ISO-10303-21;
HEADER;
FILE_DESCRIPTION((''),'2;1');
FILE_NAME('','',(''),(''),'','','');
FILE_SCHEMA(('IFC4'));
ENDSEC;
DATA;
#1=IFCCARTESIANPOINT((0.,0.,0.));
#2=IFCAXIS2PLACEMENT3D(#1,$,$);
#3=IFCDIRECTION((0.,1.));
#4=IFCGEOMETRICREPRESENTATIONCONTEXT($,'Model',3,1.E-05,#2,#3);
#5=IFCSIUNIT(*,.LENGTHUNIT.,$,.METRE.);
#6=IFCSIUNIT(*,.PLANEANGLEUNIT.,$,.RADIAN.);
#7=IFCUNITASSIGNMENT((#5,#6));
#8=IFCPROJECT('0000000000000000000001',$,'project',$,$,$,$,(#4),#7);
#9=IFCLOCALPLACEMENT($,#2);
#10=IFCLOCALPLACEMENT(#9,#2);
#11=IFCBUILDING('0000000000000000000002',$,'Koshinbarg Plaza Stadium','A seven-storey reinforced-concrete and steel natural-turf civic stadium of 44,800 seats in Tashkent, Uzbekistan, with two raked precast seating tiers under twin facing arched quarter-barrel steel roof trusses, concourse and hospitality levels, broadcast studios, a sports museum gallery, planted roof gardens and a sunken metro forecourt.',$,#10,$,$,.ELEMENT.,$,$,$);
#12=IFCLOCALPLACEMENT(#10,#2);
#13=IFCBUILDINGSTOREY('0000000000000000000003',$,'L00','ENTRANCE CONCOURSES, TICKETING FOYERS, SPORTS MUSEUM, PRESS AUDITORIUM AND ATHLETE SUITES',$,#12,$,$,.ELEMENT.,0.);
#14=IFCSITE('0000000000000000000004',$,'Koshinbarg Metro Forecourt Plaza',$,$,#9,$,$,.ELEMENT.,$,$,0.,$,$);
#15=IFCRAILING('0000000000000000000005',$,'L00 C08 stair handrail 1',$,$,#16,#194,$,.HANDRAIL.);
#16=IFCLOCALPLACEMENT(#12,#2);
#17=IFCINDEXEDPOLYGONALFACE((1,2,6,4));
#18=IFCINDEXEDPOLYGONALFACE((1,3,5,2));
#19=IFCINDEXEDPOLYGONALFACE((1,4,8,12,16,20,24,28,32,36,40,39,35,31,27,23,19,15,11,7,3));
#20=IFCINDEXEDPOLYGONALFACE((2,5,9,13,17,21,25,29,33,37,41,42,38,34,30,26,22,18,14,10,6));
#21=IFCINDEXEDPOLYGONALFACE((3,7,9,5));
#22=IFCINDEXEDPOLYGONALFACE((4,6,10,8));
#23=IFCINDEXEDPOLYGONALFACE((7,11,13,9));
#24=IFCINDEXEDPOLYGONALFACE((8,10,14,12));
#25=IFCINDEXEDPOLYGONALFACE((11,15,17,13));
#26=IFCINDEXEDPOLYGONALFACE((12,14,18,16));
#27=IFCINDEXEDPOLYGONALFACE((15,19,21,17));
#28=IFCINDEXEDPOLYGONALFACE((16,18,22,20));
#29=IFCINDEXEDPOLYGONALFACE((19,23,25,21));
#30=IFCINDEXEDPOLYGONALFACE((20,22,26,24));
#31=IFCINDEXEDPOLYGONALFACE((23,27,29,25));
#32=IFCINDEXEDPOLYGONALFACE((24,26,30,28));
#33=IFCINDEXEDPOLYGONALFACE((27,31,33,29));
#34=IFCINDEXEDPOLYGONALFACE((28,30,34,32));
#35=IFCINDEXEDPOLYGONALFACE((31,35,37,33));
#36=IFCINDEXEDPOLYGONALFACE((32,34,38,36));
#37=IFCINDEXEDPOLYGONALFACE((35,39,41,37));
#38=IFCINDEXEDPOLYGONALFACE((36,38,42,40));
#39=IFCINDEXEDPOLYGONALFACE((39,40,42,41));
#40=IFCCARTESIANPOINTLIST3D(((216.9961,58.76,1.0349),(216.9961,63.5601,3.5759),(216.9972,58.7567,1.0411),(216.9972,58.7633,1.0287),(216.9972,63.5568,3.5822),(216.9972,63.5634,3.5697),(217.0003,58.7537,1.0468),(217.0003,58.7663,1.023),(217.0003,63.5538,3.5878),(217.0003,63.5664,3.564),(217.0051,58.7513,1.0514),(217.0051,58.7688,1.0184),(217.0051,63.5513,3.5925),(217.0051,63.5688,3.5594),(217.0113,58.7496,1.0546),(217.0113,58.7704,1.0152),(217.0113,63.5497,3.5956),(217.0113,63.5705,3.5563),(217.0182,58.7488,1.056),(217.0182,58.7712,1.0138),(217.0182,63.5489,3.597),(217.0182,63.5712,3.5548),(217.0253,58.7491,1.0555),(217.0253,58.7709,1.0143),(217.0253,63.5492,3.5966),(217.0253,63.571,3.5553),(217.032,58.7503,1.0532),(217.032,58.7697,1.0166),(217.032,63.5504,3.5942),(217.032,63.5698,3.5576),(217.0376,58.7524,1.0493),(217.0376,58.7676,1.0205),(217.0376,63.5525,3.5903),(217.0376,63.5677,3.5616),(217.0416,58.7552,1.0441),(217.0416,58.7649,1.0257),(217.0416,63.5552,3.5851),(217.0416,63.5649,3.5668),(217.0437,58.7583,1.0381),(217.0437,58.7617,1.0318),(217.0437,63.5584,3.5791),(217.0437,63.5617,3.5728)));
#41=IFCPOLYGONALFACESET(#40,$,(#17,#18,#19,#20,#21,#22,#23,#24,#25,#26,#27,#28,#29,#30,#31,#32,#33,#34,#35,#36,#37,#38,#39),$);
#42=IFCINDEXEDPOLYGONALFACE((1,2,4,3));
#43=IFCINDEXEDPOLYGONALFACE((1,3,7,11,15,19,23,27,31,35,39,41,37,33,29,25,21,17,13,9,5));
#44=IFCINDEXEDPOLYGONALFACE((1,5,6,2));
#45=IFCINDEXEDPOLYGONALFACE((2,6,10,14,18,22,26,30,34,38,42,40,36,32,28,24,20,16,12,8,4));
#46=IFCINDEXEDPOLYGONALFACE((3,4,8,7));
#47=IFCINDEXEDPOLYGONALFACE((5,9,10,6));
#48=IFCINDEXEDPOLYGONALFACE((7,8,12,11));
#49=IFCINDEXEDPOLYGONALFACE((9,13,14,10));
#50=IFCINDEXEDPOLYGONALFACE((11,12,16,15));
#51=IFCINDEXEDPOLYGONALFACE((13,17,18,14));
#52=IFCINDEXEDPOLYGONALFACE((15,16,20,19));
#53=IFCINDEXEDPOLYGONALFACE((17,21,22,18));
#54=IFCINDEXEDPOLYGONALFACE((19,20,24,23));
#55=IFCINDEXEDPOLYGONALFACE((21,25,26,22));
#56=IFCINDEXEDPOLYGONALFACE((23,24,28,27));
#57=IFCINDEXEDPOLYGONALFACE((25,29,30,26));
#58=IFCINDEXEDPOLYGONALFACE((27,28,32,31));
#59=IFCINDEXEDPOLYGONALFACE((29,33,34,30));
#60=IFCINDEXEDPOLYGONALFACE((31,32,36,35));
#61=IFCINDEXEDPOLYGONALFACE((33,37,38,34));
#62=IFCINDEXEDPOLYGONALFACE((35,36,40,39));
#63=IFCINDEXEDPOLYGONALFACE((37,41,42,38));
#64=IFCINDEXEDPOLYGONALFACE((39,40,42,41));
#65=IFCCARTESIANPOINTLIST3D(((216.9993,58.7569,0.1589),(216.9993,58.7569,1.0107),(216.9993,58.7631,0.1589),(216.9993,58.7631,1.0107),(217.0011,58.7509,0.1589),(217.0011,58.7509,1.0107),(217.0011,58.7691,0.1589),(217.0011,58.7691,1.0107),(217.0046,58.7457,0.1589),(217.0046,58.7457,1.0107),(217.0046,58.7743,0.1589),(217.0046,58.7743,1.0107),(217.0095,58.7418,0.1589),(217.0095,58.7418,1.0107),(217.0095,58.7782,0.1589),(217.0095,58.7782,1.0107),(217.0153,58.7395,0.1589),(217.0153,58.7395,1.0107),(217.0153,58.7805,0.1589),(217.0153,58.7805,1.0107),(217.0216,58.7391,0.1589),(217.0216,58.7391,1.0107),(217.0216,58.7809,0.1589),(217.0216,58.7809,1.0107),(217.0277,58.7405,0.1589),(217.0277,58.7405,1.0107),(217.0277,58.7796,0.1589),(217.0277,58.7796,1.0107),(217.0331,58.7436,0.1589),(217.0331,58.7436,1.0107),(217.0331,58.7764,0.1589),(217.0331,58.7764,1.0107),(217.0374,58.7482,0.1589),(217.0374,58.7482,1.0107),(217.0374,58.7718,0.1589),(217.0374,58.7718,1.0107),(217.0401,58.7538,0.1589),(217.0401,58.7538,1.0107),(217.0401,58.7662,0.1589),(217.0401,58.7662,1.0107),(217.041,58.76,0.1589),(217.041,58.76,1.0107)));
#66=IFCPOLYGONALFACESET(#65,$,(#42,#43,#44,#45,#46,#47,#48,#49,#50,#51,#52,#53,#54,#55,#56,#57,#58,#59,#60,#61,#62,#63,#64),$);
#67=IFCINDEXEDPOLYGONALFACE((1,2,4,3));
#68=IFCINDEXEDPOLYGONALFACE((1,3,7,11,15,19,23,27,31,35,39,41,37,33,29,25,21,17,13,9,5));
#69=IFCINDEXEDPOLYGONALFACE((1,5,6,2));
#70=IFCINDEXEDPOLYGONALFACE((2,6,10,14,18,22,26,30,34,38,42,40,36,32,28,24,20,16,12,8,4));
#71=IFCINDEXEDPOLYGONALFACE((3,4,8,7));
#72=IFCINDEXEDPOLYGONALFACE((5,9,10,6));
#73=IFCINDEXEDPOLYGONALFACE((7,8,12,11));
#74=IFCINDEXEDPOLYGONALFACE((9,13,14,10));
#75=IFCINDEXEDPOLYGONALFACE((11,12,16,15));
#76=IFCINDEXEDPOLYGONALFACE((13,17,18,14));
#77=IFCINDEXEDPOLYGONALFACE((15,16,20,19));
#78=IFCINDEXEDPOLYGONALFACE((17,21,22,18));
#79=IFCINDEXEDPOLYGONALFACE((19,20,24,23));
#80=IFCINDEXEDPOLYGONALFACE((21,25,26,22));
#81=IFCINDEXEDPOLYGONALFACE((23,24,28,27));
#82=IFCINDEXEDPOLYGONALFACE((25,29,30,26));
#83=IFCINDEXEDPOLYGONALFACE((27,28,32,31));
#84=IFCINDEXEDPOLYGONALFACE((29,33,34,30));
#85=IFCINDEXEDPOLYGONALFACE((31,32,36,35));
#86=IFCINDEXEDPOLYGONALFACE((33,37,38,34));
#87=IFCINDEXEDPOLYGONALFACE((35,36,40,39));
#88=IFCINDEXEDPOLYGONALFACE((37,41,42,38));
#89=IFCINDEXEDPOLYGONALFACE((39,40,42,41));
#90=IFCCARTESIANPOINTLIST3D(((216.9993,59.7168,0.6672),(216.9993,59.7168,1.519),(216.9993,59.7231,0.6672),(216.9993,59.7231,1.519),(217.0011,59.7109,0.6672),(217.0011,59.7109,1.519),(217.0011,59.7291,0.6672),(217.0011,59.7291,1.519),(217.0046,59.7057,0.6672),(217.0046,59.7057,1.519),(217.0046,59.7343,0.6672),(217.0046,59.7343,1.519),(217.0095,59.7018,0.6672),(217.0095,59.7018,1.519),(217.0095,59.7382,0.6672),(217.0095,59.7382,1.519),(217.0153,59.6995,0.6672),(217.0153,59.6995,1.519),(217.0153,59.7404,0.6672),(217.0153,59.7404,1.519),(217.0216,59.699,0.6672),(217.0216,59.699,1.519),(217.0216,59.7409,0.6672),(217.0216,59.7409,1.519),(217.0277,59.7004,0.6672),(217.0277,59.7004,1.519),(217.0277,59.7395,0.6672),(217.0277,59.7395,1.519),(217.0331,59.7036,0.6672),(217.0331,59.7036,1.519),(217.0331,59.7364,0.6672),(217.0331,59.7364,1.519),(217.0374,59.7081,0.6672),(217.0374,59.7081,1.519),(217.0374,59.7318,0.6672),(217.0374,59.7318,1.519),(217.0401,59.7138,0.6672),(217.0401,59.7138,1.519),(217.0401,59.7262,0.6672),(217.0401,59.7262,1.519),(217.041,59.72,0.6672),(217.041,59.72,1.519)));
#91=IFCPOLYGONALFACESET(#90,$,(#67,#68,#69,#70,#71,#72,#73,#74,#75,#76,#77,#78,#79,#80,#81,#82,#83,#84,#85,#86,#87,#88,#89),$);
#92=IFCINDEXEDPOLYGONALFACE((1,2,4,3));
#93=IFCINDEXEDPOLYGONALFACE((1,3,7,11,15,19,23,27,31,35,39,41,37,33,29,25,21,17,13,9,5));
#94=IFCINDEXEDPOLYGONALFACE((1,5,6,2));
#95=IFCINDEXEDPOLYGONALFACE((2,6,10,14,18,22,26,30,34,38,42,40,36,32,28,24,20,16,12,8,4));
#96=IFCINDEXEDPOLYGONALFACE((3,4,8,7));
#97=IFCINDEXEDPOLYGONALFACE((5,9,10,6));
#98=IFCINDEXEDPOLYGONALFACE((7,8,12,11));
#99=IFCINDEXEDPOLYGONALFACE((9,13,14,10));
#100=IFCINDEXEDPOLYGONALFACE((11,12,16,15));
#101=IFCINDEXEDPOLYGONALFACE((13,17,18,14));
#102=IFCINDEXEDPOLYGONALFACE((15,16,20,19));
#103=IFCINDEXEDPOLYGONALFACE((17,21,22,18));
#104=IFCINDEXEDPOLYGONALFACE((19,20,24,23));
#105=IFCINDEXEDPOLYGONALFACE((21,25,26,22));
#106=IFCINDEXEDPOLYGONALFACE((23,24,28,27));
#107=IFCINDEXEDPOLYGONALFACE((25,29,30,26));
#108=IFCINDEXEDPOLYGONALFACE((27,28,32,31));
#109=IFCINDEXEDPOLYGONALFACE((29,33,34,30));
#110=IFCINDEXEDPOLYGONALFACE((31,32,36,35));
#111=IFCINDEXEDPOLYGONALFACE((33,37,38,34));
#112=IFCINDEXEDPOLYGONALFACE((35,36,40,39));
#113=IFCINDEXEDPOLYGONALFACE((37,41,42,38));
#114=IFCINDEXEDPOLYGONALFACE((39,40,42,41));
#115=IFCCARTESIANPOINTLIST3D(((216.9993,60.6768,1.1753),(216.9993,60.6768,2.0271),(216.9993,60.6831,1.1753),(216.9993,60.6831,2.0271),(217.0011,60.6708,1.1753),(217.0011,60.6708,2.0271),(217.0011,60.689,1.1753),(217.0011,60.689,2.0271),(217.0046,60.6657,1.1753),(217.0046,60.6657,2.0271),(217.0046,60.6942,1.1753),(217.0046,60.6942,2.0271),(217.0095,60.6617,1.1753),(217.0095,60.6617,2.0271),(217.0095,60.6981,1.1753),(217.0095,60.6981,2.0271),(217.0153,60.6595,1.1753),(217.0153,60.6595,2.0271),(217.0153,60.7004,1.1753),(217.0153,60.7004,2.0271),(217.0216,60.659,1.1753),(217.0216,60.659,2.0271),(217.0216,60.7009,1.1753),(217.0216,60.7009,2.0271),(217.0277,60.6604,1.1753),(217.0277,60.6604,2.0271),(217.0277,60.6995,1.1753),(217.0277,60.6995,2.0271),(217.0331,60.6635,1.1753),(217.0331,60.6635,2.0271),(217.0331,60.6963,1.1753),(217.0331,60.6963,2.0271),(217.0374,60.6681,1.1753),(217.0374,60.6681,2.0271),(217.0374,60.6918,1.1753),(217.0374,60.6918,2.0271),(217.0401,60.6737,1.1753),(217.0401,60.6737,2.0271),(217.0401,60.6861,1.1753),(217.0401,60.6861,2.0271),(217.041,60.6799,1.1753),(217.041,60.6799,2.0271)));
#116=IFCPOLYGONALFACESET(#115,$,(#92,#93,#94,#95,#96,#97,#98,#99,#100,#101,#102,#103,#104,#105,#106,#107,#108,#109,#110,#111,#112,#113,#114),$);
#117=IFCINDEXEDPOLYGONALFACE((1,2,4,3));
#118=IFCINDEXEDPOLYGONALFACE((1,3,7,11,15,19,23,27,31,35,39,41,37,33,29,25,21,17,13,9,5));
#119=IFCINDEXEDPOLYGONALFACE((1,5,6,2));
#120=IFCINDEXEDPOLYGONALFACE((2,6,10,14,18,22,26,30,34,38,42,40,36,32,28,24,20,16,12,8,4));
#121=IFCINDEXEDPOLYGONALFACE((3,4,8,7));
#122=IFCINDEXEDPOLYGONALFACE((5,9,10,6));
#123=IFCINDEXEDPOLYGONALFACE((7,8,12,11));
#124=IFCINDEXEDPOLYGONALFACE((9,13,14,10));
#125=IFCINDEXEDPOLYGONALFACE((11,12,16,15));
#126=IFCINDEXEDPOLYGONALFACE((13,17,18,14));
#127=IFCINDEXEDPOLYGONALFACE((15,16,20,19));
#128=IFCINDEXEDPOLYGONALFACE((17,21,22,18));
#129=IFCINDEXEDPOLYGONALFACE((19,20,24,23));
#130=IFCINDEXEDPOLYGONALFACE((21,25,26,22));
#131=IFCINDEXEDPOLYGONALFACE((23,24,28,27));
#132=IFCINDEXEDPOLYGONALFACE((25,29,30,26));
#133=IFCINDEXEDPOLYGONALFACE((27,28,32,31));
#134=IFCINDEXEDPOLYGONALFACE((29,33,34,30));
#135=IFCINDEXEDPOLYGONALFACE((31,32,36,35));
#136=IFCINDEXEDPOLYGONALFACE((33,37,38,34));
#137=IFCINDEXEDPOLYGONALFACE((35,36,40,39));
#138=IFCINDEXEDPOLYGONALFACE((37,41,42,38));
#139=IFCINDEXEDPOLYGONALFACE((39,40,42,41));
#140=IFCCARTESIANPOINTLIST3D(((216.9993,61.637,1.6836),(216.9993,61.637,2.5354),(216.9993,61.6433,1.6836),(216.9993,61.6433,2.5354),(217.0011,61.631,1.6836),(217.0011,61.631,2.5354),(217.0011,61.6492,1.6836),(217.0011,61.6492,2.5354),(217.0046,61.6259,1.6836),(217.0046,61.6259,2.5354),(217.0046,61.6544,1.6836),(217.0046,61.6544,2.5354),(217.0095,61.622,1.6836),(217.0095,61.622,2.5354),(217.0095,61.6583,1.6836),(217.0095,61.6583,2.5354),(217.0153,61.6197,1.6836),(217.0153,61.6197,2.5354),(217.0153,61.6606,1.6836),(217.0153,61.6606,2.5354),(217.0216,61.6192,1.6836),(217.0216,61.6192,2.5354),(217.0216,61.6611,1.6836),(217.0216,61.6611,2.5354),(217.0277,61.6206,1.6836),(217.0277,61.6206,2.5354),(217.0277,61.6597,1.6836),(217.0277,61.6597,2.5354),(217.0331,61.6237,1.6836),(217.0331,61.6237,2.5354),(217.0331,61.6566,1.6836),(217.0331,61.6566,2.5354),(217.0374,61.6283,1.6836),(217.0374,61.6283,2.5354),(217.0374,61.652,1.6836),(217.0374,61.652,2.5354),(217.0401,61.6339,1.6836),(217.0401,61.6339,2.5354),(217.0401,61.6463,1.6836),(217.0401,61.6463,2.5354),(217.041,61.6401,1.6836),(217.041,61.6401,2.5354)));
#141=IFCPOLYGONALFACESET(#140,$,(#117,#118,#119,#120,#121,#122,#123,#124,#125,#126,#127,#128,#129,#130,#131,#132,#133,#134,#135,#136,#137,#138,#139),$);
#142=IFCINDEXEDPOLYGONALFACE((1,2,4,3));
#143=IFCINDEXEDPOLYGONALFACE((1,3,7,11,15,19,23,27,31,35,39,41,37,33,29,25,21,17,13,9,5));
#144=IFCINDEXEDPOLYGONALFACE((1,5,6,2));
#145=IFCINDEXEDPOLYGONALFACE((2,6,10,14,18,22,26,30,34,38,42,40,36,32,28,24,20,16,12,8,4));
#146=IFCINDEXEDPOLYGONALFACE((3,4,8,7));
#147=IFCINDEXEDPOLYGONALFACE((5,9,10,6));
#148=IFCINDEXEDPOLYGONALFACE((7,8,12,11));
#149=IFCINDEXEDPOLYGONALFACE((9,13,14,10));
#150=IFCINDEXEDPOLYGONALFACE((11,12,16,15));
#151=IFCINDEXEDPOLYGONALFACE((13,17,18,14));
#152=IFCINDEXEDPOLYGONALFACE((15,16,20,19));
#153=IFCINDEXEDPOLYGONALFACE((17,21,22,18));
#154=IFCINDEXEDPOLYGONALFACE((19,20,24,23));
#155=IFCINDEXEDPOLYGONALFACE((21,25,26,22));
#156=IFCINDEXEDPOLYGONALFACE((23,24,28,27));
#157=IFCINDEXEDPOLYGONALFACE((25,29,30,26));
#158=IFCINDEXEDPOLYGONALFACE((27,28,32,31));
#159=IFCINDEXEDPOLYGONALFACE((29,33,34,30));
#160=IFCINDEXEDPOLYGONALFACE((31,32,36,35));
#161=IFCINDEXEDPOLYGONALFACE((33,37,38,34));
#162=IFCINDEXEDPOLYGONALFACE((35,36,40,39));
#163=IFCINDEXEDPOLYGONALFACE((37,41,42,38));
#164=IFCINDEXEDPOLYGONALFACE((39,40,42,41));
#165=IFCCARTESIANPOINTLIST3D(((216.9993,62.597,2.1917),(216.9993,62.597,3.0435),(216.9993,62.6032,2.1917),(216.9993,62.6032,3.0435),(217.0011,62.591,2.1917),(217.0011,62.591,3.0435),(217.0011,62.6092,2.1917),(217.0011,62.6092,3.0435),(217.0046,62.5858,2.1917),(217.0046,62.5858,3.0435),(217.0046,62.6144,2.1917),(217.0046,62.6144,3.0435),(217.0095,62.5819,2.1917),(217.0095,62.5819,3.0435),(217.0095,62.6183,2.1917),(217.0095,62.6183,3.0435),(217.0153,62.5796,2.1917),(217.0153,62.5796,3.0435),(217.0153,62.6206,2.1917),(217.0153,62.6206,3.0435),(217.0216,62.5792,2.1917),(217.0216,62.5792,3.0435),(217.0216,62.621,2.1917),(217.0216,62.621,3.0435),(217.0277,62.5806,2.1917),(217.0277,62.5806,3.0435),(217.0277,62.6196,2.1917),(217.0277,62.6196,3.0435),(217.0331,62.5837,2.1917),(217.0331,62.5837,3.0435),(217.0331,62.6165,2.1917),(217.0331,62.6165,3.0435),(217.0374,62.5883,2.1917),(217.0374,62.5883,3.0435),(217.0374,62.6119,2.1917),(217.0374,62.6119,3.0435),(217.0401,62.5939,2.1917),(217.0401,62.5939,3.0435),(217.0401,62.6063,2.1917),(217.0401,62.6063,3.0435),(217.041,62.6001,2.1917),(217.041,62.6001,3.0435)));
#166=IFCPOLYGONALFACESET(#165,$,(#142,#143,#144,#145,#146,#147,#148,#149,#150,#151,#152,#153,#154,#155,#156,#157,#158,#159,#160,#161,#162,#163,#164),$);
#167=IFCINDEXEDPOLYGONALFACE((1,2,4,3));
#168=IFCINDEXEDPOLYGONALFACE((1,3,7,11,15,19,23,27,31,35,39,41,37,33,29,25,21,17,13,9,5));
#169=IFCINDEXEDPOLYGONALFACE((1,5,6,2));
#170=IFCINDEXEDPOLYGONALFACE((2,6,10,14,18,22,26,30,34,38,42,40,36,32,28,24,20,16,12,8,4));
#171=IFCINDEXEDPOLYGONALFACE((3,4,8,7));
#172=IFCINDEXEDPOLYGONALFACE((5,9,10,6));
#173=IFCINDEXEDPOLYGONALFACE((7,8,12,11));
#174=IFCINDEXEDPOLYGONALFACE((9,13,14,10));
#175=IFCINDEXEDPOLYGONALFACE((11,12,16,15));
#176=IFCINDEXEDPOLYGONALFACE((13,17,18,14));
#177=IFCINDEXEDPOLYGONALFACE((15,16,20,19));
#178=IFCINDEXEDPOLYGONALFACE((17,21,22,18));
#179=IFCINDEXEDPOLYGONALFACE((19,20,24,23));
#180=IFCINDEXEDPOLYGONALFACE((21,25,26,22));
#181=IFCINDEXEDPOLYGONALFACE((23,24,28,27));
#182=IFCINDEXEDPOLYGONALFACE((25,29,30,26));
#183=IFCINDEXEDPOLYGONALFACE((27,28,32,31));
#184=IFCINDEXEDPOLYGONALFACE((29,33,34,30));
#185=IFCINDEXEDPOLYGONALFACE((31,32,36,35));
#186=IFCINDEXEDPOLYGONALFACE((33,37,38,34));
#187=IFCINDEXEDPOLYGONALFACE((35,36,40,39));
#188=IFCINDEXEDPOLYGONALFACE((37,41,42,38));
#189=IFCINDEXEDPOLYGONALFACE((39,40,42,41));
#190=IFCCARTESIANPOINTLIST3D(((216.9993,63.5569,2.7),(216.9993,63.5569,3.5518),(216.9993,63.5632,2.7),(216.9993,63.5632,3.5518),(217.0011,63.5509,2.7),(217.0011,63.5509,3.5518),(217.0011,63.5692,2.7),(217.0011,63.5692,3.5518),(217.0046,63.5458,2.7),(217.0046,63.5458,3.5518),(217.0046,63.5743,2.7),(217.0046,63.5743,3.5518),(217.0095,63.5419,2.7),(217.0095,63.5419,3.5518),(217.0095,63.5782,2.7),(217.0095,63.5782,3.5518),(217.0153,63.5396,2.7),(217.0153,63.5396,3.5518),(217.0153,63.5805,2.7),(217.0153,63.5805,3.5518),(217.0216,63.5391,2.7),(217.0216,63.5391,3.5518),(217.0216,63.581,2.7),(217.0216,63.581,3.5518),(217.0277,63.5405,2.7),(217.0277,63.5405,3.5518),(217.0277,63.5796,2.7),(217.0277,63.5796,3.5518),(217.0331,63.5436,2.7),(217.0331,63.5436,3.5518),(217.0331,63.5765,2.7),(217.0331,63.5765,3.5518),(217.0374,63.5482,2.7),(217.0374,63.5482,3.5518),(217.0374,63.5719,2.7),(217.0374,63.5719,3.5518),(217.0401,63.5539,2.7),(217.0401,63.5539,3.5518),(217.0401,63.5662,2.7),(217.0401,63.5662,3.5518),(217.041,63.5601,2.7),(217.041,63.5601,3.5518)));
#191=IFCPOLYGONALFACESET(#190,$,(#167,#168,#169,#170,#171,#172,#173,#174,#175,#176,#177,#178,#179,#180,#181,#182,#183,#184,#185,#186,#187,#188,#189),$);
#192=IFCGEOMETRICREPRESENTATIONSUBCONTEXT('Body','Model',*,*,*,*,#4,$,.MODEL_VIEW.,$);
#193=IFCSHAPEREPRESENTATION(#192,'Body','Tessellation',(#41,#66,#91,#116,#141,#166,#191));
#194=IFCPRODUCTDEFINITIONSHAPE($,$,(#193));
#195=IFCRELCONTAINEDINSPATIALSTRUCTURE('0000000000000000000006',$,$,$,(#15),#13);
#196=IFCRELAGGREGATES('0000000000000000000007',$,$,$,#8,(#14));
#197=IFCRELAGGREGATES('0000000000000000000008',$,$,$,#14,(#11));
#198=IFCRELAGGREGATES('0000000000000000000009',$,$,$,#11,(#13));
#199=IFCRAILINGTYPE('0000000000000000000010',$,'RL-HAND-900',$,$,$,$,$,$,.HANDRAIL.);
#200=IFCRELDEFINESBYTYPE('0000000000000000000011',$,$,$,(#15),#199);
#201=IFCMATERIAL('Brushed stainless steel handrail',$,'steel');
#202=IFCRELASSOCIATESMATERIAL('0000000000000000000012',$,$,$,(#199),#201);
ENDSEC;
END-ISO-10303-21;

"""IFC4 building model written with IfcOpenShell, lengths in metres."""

from ifc_helpers import new_model, si_unit, direction, frame, origin, origin_2d, place, context, subcontext, project, spatial, circle, extrude, material, type_object, element, save


model = new_model("IFC4")

# Units and contexts
model_context = context("Model", 3, precision=1e-05, world=origin(), true_north=direction((0.0, 1.0)))
body_context = subcontext(model_context, "Body", "Model", "MODEL_VIEW")
ifc_project = project(units=[si_unit("LENGTHUNIT", "METRE"), si_unit("PLANEANGLEUNIT", "RADIAN")], contexts=[model_context])

# Site, building, storey
site_placement = place(None, origin())
site = spatial("IfcSite", under=ifc_project, at=site_placement, Name="Koshinbarg Metro Forecourt Plaza", CompositionType="ELEMENT", RefElevation=0.0)
building_placement = place(site_placement, origin())
building = spatial("IfcBuilding", under=site, at=building_placement, Name="Koshinbarg Plaza Stadium", Description="A seven-storey reinforced-concrete and steel natural-turf civic stadium of 44,800 seats in Tashkent, Uzbekistan, with two raked precast seating tiers under twin facing arched quarter-barrel steel roof trusses, concourse and hospitality levels, broadcast studios, a sports museum gallery, planted roof gardens and a sunken metro forecourt.", CompositionType="ELEMENT")
storey_placement = place(building_placement, origin())
storey = spatial("IfcBuildingStorey", under=building, at=storey_placement, Name="L00", Description="ENTRANCE CONCOURSES, TICKETING FOYERS, SPORTS MUSEUM, PRESS AUDITORIUM AND ATHLETE SUITES", CompositionType="ELEMENT", Elevation=0.0)

# Railing
ifc_material_1 = material(Name="Brushed stainless steel handrail", Category="steel")
railing_type_1 = type_object("IfcRailingType", Name="RL-HAND-900", PredefinedType="HANDRAIL", material=ifc_material_1)
railing_1_placement = place(storey_placement, frame((217.02, 58.76, 0.1589)))
element("IfcRailing", 1, at=railing_1_placement, inside=storey, type_object=railing_type_1, Name="L00 C08 stair handrail 1", PredefinedType="HANDRAIL", context=body_context, shape_type="SweptSolid", body=[
    extrude(circle(Radius=0.0239, at=origin_2d()), frame((0.0, 0.0, 0.876), z_axis=(0.0, 0.883802, 0.467861), x_axis=(-1.0, 0.0, 0.0)), (0.0, 0.0, 1.0), 5.4312),
    extrude(circle(Radius=0.021, at=origin_2d()), origin(), (0.0, 0.0, 1.0), 0.8518),
    extrude(circle(Radius=0.021, at=origin_2d()), frame((0.0, 0.96, 0.5083)), (0.0, 0.0, 1.0), 0.8518),
    extrude(circle(Radius=0.021, at=origin_2d()), frame((0.0, 1.9199, 1.0164)), (0.0, 0.0, 1.0), 0.8518),
    extrude(circle(Radius=0.021, at=origin_2d()), frame((0.0, 2.8801, 1.5247)), (0.0, 0.0, 1.0), 0.8518),
    extrude(circle(Radius=0.021, at=origin_2d()), frame((0.0, 3.8401, 2.0327)), (0.0, 0.0, 1.0), 0.8518),
    extrude(circle(Radius=0.021, at=origin_2d()), frame((0.0, 4.8, 2.541)), (0.0, 0.0, 1.0), 0.8518),
])

save(model, "model.ifc")
